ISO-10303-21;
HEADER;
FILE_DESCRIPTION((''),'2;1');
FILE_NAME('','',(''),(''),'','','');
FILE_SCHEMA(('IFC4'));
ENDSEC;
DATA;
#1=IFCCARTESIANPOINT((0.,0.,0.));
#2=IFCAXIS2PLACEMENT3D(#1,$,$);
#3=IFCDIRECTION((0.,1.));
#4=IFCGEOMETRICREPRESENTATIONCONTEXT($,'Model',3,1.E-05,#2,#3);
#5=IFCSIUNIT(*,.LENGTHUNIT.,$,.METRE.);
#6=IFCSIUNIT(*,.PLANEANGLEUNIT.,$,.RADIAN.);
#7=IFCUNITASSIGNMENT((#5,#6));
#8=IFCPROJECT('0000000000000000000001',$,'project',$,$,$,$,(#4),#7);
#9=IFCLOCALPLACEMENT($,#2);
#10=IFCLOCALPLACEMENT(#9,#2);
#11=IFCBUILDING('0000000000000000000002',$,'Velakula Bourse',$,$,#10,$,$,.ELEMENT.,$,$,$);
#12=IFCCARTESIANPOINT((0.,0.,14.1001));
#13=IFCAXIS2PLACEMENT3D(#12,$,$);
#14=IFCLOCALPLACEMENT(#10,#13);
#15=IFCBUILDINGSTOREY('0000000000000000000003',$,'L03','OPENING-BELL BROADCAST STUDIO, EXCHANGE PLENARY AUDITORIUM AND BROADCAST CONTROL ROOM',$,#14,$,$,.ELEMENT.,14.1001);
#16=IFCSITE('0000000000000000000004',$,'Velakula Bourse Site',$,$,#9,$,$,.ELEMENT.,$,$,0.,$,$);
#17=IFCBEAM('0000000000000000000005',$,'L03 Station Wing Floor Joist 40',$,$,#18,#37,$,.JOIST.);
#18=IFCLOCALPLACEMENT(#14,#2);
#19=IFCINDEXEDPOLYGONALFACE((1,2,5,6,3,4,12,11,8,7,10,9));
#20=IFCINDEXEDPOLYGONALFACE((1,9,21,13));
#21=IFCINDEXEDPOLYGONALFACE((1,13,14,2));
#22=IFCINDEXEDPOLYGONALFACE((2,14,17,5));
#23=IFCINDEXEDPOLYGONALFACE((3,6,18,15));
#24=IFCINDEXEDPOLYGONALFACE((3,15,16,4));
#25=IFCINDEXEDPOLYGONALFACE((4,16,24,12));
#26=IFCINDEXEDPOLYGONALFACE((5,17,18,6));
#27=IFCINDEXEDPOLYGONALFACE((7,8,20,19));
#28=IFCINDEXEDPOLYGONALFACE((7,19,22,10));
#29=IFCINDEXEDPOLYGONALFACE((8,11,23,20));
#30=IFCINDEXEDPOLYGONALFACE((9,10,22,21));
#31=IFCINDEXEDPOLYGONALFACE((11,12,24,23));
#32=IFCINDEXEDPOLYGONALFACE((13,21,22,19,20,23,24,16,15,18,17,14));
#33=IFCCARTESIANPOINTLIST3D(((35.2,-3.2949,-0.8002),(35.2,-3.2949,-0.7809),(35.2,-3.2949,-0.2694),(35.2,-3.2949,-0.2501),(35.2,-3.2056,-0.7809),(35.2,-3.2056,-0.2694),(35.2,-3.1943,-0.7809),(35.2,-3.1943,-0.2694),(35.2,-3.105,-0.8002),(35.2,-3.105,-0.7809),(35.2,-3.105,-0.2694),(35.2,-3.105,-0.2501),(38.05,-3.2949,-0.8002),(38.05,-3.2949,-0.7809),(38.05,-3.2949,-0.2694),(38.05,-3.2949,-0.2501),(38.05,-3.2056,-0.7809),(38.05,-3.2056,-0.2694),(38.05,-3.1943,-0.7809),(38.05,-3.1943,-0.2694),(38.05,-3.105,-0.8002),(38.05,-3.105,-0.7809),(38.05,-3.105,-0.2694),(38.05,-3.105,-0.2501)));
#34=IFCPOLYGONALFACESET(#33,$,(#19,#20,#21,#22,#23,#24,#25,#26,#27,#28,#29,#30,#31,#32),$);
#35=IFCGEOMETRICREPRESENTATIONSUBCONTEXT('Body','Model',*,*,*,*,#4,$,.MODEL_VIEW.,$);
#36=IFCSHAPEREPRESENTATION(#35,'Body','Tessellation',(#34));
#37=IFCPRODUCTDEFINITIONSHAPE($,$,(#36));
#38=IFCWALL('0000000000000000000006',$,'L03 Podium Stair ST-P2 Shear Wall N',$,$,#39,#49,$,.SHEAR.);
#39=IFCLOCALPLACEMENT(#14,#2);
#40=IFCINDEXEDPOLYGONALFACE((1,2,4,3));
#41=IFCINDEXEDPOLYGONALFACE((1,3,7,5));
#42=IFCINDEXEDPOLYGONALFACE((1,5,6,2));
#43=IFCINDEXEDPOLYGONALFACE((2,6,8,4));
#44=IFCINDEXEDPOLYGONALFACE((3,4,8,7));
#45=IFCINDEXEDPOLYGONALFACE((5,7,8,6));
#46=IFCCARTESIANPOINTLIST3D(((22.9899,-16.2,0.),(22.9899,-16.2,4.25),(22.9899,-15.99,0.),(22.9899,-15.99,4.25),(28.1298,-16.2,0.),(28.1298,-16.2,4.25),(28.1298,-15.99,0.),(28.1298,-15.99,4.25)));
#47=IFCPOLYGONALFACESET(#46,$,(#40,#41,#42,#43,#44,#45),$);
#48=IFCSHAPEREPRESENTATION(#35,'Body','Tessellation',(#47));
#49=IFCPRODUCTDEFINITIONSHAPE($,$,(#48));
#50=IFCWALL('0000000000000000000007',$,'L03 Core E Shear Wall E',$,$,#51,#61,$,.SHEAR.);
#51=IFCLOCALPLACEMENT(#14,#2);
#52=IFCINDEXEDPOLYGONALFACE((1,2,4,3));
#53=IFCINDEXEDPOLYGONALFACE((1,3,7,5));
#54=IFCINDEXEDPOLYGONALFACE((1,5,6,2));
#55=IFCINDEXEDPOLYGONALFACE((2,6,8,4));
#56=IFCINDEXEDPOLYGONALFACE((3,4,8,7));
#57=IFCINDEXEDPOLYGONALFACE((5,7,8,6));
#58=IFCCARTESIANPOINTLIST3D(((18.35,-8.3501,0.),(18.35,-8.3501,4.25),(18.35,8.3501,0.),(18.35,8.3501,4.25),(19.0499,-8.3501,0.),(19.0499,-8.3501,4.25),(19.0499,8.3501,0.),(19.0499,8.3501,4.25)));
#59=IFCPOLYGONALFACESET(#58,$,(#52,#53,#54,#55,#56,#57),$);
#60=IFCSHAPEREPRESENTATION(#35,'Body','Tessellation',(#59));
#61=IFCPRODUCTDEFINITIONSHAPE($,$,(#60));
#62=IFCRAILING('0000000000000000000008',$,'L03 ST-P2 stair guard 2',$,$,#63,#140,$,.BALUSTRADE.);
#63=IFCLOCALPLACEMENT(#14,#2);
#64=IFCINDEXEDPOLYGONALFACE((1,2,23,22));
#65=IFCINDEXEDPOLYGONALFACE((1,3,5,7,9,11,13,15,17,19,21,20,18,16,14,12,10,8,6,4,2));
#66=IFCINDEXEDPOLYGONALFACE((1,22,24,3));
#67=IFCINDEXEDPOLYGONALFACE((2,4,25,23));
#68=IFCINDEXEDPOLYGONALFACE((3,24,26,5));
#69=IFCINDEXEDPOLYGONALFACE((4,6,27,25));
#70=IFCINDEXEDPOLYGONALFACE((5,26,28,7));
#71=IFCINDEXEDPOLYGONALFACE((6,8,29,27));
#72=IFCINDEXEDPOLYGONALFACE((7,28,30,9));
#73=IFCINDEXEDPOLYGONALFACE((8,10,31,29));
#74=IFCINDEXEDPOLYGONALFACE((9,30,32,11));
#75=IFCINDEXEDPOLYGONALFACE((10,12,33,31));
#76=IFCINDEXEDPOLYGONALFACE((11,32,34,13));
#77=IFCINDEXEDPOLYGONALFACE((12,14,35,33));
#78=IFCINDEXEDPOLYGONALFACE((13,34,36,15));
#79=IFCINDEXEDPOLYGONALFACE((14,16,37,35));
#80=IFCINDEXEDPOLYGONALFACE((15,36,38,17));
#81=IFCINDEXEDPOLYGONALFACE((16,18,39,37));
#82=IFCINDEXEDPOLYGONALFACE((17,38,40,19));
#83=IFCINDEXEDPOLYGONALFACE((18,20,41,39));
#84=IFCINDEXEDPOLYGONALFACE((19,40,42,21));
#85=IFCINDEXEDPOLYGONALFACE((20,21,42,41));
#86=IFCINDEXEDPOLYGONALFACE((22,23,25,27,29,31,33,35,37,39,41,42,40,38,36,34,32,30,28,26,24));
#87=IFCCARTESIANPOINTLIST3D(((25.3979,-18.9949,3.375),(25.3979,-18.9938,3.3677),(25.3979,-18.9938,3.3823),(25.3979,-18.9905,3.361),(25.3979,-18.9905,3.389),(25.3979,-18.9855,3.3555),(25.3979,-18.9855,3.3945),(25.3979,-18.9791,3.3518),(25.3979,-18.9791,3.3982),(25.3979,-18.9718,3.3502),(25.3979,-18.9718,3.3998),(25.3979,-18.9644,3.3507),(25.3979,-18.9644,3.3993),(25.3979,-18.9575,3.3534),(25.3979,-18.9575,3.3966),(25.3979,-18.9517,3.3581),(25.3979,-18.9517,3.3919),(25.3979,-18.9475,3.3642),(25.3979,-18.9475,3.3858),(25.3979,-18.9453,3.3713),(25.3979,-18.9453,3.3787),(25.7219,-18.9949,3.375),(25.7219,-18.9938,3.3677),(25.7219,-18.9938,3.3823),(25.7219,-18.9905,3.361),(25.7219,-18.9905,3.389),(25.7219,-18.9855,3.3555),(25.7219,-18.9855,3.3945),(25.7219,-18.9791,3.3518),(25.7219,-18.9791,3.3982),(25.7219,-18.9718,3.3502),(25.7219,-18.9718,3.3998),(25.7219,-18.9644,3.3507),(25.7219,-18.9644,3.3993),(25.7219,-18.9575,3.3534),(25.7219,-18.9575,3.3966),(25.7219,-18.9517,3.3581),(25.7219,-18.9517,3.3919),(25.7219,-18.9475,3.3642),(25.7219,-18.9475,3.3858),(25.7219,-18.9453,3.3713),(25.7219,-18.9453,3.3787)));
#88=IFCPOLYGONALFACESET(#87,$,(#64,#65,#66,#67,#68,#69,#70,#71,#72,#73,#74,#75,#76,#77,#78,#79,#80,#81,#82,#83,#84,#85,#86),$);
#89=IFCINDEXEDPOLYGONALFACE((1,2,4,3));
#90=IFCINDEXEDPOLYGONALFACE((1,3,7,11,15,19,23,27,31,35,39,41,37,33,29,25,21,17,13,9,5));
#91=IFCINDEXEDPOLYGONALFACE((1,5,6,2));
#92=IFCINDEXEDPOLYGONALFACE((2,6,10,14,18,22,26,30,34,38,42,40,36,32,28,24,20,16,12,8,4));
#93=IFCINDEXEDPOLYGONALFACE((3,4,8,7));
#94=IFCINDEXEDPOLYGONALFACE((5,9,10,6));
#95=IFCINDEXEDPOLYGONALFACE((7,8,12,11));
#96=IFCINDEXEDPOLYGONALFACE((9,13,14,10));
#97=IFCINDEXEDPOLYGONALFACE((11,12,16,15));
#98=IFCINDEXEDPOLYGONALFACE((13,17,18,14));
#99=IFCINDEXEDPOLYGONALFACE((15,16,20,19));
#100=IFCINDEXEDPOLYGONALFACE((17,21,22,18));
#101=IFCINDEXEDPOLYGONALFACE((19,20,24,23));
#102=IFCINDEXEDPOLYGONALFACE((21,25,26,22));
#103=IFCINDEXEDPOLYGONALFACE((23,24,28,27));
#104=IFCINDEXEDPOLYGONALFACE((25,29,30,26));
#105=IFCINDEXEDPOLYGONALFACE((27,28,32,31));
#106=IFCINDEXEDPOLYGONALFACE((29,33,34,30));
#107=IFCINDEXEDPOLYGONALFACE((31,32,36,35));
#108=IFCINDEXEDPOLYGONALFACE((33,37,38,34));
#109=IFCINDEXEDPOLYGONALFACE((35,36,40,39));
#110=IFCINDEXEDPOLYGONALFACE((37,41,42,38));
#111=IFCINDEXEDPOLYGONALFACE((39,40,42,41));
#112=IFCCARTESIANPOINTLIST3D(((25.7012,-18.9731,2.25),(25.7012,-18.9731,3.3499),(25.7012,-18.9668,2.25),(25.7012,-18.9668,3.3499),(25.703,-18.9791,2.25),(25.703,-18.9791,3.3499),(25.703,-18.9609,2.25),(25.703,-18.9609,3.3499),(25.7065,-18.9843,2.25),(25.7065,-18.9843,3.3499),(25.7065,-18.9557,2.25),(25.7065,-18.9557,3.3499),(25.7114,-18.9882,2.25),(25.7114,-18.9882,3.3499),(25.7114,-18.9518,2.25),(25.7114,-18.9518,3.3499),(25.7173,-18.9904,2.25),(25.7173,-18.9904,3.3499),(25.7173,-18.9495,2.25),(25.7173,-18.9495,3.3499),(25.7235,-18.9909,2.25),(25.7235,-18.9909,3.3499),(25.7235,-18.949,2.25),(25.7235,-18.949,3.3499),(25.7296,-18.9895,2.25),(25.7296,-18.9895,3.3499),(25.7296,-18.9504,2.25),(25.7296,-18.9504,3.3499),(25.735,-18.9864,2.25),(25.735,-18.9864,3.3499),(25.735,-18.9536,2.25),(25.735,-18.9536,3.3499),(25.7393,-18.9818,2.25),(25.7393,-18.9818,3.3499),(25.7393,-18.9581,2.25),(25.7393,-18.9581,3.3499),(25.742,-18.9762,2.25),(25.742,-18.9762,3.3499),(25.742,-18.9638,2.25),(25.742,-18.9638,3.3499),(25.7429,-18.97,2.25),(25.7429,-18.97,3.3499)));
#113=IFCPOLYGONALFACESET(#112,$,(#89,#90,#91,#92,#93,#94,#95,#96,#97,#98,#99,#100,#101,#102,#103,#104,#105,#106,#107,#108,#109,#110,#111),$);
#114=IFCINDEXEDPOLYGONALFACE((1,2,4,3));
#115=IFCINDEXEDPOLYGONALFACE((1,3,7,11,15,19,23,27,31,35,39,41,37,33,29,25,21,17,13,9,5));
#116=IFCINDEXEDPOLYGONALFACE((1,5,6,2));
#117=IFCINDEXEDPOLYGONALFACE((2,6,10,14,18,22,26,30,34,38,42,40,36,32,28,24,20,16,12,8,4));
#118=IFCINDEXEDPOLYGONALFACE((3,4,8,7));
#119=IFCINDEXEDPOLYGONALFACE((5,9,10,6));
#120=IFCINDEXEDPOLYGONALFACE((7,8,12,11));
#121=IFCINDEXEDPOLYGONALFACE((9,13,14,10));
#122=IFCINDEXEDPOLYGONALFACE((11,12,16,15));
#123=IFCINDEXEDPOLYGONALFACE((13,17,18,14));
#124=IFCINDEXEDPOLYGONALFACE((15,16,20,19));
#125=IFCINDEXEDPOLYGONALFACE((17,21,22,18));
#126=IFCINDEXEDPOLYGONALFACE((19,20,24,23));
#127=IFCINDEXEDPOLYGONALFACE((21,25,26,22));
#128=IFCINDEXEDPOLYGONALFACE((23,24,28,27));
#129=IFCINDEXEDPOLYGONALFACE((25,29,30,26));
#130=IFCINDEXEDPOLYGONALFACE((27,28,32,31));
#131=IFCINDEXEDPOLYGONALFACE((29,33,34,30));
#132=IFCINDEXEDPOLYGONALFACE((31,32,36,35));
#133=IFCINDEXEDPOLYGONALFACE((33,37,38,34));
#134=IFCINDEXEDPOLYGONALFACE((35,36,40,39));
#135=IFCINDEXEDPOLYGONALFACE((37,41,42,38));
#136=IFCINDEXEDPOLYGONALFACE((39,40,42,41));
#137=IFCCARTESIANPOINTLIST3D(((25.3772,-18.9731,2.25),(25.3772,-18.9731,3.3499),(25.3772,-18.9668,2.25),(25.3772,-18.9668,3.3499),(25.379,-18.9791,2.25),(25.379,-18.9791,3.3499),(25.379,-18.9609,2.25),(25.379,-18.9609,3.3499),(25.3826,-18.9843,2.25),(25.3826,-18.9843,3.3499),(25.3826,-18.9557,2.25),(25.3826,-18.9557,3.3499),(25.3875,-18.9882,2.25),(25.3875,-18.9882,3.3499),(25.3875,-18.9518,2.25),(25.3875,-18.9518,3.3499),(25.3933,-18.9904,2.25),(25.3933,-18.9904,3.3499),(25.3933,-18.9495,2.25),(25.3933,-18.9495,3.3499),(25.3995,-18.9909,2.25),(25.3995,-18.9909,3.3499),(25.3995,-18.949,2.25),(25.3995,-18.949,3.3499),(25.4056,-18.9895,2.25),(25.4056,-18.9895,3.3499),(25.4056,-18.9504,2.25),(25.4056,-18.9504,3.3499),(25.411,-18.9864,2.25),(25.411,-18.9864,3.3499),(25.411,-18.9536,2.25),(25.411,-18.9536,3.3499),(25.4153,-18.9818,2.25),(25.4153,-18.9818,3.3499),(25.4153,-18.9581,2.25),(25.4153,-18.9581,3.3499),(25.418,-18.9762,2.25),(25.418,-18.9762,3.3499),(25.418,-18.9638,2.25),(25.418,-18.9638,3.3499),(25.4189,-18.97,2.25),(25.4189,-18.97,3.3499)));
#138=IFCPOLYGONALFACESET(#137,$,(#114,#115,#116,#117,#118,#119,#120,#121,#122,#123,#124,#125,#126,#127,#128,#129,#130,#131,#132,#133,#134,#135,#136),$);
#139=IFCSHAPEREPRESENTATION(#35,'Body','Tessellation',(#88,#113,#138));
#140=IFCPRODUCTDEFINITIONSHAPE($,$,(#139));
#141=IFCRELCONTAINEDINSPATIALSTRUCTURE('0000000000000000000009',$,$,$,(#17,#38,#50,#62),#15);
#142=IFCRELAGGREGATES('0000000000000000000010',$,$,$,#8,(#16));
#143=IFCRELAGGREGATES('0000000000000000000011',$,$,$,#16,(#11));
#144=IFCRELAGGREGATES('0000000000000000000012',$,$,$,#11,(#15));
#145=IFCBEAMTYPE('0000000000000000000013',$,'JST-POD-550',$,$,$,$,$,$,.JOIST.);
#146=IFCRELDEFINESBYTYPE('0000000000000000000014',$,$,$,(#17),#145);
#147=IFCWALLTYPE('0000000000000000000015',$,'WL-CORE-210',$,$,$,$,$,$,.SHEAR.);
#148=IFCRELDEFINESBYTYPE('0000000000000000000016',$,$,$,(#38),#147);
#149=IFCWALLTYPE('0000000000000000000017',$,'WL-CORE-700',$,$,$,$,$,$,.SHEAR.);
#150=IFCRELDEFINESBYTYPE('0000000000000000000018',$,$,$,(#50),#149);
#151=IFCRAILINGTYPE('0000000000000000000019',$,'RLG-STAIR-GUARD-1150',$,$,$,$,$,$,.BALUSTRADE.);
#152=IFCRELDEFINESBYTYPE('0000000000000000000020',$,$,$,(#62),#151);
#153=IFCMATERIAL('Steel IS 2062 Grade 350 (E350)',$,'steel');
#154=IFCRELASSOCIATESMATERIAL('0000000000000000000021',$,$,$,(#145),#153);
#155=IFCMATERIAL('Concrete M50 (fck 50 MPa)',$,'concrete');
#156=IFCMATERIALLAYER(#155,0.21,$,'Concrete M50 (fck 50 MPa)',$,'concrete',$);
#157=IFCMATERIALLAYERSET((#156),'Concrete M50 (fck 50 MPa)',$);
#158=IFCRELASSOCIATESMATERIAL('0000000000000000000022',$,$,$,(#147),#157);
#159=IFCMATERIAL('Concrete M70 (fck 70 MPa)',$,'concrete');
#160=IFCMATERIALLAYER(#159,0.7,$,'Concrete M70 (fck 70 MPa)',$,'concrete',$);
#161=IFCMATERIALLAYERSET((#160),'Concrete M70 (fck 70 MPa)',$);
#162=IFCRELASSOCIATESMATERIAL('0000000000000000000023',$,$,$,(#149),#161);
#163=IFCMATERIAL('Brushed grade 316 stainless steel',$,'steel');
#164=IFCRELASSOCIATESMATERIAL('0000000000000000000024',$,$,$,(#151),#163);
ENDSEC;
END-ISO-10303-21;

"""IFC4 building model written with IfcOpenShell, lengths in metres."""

from ifc_helpers import new_model, si_unit, direction, frame, frame_2d, origin, origin_2d, place, context, subcontext, project, spatial, rectangle, circle, i_section, extrude, material, layer, layer_set, material_profile, profile_set, type_object, element, save


model = new_model("IFC4")

# Units and contexts
model_context = context("Model", 3, precision=1e-05, world=origin(), true_north=direction((0.0, 1.0)))
body_context = subcontext(model_context, "Body", "Model", "MODEL_VIEW")
ifc_project = project(units=[si_unit("LENGTHUNIT", "METRE"), si_unit("PLANEANGLEUNIT", "RADIAN")], contexts=[model_context])

# Site, building, storey
site_placement = place(None, origin())
site = spatial("IfcSite", under=ifc_project, at=site_placement, Name="Velakula Bourse Site", CompositionType="ELEMENT", RefElevation=0.0)
building_placement = place(site_placement, origin())
building = spatial("IfcBuilding", under=site, at=building_placement, Name="Velakula Bourse", CompositionType="ELEMENT")
storey_placement = place(building_placement, frame((0.0, 0.0, 14.1001)))
storey = spatial("IfcBuildingStorey", under=building, at=storey_placement, Name="L03", Description="OPENING-BELL BROADCAST STUDIO, EXCHANGE PLENARY AUDITORIUM AND BROADCAST CONTROL ROOM", CompositionType="ELEMENT", Elevation=14.1001)

# Shared definitions
ifc_material_1 = material(Name="Concrete M70 (fck 70 MPa)", Category="concrete")

# Beam
ifc_material_2 = material(Name="Steel IS 2062 Grade 350 (E350)", Category="steel")
ifc_material_profile_1 = material_profile(ifc_material_2, i_section(OverallWidth=0.1899, OverallDepth=0.55, WebThickness=0.0112, FlangeThickness=0.0193, at=origin_2d()), Name="Steel IS 2062 Grade 350 (E350)")
ifc_profile_set_1 = profile_set([ifc_material_profile_1], Name="Steel IS 2062 Grade 350 (E350)")
beam_type_1 = type_object("IfcBeamType", Name="JST-POD-550", PredefinedType="JOIST", material=ifc_profile_set_1)
beam_1_placement = place(storey_placement, frame((35.2, -3.2, -0.5251), z_axis=(1.0, 0.0, 0.0), x_axis=(0.0, 1.0, 0.0)))
element("IfcBeam", 1, at=beam_1_placement, inside=storey, type_object=beam_type_1, Name="L03 Station Wing Floor Joist 40", PredefinedType="JOIST", context=body_context, shape_type="SweptSolid", body=[
    extrude(i_section(OverallWidth=0.1899, OverallDepth=0.55, WebThickness=0.0112, FlangeThickness=0.0193, at=origin_2d()), origin(), (0.0, 0.0, 1.0), 2.8501),
])

# Walls
ifc_material_3 = material(Name="Concrete M50 (fck 50 MPa)", Category="concrete")
ifc_layer_1 = layer(ifc_material_3, 0.21, Name="Concrete M50 (fck 50 MPa)", Category="concrete")
ifc_layer_set_1 = layer_set([ifc_layer_1], Name="Concrete M50 (fck 50 MPa)")
wall_type_1 = type_object("IfcWallType", Name="WL-CORE-210", PredefinedType="SHEAR", material=ifc_layer_set_1)
wall_1_placement = place(storey_placement, frame((22.99, -16.095, 0.0), z_axis=(0.0, 0.0, 1.0), x_axis=(1.0, 0.0, 0.0)))
element("IfcWall", 2, at=wall_1_placement, inside=storey, type_object=wall_type_1, Name="L03 Podium Stair ST-P2 Shear Wall N", PredefinedType="SHEAR", context=body_context, shape_type="SweptSolid", body=[
    extrude(rectangle(XDim=5.1399, YDim=0.21, at=frame_2d((2.5698, 0.0))), origin(), (0.0, 0.0, 1.0), 4.25),
])
ifc_layer_2 = layer(ifc_material_1, 0.7, Name="Concrete M70 (fck 70 MPa)", Category="concrete")
ifc_layer_set_2 = layer_set([ifc_layer_2], Name="Concrete M70 (fck 70 MPa)")
wall_type_2 = type_object("IfcWallType", Name="WL-CORE-700", PredefinedType="SHEAR", material=ifc_layer_set_2)
wall_2_placement = place(storey_placement, frame((18.7, -8.3501, 0.0), z_axis=(0.0, 0.0, 1.0), x_axis=(0.0, 1.0, 0.0)))
element("IfcWall", 3, at=wall_2_placement, inside=storey, type_object=wall_type_2, Name="L03 Core E Shear Wall E", PredefinedType="SHEAR", context=body_context, shape_type="SweptSolid", body=[
    extrude(rectangle(XDim=16.7002, YDim=0.7, at=frame_2d((8.3501, 0.0))), origin(), (0.0, 0.0, 1.0), 4.25),
])

# Railing
ifc_material_4 = material(Name="Brushed grade 316 stainless steel", Category="steel")
railing_type = type_object("IfcRailingType", Name="RLG-STAIR-GUARD-1150", PredefinedType="BALUSTRADE", material=ifc_material_4)
railing_placement = place(storey_placement, frame((25.7219, -18.97, 2.25)))
element("IfcRailing", 4, at=railing_placement, inside=storey, type_object=railing_type, Name="L03 ST-P2 stair guard 2", PredefinedType="BALUSTRADE", context=body_context, shape_type="SweptSolid", body=[
    extrude(circle(Radius=0.0249, at=origin_2d()), frame((0.0, 0.0, 1.125), z_axis=(-1.0, 0.0, 0.0), x_axis=(0.0, -1.0, 0.0)), (0.0, 0.0, 1.0), 0.324),
    extrude(circle(Radius=0.021, at=origin_2d()), origin(), (0.0, 0.0, 1.0), 1.0999),
    extrude(circle(Radius=0.021, at=origin_2d()), frame((-0.324, 0.0, 0.0)), (0.0, 0.0, 1.0), 1.0999),
])

save(model, "model.ifc")
